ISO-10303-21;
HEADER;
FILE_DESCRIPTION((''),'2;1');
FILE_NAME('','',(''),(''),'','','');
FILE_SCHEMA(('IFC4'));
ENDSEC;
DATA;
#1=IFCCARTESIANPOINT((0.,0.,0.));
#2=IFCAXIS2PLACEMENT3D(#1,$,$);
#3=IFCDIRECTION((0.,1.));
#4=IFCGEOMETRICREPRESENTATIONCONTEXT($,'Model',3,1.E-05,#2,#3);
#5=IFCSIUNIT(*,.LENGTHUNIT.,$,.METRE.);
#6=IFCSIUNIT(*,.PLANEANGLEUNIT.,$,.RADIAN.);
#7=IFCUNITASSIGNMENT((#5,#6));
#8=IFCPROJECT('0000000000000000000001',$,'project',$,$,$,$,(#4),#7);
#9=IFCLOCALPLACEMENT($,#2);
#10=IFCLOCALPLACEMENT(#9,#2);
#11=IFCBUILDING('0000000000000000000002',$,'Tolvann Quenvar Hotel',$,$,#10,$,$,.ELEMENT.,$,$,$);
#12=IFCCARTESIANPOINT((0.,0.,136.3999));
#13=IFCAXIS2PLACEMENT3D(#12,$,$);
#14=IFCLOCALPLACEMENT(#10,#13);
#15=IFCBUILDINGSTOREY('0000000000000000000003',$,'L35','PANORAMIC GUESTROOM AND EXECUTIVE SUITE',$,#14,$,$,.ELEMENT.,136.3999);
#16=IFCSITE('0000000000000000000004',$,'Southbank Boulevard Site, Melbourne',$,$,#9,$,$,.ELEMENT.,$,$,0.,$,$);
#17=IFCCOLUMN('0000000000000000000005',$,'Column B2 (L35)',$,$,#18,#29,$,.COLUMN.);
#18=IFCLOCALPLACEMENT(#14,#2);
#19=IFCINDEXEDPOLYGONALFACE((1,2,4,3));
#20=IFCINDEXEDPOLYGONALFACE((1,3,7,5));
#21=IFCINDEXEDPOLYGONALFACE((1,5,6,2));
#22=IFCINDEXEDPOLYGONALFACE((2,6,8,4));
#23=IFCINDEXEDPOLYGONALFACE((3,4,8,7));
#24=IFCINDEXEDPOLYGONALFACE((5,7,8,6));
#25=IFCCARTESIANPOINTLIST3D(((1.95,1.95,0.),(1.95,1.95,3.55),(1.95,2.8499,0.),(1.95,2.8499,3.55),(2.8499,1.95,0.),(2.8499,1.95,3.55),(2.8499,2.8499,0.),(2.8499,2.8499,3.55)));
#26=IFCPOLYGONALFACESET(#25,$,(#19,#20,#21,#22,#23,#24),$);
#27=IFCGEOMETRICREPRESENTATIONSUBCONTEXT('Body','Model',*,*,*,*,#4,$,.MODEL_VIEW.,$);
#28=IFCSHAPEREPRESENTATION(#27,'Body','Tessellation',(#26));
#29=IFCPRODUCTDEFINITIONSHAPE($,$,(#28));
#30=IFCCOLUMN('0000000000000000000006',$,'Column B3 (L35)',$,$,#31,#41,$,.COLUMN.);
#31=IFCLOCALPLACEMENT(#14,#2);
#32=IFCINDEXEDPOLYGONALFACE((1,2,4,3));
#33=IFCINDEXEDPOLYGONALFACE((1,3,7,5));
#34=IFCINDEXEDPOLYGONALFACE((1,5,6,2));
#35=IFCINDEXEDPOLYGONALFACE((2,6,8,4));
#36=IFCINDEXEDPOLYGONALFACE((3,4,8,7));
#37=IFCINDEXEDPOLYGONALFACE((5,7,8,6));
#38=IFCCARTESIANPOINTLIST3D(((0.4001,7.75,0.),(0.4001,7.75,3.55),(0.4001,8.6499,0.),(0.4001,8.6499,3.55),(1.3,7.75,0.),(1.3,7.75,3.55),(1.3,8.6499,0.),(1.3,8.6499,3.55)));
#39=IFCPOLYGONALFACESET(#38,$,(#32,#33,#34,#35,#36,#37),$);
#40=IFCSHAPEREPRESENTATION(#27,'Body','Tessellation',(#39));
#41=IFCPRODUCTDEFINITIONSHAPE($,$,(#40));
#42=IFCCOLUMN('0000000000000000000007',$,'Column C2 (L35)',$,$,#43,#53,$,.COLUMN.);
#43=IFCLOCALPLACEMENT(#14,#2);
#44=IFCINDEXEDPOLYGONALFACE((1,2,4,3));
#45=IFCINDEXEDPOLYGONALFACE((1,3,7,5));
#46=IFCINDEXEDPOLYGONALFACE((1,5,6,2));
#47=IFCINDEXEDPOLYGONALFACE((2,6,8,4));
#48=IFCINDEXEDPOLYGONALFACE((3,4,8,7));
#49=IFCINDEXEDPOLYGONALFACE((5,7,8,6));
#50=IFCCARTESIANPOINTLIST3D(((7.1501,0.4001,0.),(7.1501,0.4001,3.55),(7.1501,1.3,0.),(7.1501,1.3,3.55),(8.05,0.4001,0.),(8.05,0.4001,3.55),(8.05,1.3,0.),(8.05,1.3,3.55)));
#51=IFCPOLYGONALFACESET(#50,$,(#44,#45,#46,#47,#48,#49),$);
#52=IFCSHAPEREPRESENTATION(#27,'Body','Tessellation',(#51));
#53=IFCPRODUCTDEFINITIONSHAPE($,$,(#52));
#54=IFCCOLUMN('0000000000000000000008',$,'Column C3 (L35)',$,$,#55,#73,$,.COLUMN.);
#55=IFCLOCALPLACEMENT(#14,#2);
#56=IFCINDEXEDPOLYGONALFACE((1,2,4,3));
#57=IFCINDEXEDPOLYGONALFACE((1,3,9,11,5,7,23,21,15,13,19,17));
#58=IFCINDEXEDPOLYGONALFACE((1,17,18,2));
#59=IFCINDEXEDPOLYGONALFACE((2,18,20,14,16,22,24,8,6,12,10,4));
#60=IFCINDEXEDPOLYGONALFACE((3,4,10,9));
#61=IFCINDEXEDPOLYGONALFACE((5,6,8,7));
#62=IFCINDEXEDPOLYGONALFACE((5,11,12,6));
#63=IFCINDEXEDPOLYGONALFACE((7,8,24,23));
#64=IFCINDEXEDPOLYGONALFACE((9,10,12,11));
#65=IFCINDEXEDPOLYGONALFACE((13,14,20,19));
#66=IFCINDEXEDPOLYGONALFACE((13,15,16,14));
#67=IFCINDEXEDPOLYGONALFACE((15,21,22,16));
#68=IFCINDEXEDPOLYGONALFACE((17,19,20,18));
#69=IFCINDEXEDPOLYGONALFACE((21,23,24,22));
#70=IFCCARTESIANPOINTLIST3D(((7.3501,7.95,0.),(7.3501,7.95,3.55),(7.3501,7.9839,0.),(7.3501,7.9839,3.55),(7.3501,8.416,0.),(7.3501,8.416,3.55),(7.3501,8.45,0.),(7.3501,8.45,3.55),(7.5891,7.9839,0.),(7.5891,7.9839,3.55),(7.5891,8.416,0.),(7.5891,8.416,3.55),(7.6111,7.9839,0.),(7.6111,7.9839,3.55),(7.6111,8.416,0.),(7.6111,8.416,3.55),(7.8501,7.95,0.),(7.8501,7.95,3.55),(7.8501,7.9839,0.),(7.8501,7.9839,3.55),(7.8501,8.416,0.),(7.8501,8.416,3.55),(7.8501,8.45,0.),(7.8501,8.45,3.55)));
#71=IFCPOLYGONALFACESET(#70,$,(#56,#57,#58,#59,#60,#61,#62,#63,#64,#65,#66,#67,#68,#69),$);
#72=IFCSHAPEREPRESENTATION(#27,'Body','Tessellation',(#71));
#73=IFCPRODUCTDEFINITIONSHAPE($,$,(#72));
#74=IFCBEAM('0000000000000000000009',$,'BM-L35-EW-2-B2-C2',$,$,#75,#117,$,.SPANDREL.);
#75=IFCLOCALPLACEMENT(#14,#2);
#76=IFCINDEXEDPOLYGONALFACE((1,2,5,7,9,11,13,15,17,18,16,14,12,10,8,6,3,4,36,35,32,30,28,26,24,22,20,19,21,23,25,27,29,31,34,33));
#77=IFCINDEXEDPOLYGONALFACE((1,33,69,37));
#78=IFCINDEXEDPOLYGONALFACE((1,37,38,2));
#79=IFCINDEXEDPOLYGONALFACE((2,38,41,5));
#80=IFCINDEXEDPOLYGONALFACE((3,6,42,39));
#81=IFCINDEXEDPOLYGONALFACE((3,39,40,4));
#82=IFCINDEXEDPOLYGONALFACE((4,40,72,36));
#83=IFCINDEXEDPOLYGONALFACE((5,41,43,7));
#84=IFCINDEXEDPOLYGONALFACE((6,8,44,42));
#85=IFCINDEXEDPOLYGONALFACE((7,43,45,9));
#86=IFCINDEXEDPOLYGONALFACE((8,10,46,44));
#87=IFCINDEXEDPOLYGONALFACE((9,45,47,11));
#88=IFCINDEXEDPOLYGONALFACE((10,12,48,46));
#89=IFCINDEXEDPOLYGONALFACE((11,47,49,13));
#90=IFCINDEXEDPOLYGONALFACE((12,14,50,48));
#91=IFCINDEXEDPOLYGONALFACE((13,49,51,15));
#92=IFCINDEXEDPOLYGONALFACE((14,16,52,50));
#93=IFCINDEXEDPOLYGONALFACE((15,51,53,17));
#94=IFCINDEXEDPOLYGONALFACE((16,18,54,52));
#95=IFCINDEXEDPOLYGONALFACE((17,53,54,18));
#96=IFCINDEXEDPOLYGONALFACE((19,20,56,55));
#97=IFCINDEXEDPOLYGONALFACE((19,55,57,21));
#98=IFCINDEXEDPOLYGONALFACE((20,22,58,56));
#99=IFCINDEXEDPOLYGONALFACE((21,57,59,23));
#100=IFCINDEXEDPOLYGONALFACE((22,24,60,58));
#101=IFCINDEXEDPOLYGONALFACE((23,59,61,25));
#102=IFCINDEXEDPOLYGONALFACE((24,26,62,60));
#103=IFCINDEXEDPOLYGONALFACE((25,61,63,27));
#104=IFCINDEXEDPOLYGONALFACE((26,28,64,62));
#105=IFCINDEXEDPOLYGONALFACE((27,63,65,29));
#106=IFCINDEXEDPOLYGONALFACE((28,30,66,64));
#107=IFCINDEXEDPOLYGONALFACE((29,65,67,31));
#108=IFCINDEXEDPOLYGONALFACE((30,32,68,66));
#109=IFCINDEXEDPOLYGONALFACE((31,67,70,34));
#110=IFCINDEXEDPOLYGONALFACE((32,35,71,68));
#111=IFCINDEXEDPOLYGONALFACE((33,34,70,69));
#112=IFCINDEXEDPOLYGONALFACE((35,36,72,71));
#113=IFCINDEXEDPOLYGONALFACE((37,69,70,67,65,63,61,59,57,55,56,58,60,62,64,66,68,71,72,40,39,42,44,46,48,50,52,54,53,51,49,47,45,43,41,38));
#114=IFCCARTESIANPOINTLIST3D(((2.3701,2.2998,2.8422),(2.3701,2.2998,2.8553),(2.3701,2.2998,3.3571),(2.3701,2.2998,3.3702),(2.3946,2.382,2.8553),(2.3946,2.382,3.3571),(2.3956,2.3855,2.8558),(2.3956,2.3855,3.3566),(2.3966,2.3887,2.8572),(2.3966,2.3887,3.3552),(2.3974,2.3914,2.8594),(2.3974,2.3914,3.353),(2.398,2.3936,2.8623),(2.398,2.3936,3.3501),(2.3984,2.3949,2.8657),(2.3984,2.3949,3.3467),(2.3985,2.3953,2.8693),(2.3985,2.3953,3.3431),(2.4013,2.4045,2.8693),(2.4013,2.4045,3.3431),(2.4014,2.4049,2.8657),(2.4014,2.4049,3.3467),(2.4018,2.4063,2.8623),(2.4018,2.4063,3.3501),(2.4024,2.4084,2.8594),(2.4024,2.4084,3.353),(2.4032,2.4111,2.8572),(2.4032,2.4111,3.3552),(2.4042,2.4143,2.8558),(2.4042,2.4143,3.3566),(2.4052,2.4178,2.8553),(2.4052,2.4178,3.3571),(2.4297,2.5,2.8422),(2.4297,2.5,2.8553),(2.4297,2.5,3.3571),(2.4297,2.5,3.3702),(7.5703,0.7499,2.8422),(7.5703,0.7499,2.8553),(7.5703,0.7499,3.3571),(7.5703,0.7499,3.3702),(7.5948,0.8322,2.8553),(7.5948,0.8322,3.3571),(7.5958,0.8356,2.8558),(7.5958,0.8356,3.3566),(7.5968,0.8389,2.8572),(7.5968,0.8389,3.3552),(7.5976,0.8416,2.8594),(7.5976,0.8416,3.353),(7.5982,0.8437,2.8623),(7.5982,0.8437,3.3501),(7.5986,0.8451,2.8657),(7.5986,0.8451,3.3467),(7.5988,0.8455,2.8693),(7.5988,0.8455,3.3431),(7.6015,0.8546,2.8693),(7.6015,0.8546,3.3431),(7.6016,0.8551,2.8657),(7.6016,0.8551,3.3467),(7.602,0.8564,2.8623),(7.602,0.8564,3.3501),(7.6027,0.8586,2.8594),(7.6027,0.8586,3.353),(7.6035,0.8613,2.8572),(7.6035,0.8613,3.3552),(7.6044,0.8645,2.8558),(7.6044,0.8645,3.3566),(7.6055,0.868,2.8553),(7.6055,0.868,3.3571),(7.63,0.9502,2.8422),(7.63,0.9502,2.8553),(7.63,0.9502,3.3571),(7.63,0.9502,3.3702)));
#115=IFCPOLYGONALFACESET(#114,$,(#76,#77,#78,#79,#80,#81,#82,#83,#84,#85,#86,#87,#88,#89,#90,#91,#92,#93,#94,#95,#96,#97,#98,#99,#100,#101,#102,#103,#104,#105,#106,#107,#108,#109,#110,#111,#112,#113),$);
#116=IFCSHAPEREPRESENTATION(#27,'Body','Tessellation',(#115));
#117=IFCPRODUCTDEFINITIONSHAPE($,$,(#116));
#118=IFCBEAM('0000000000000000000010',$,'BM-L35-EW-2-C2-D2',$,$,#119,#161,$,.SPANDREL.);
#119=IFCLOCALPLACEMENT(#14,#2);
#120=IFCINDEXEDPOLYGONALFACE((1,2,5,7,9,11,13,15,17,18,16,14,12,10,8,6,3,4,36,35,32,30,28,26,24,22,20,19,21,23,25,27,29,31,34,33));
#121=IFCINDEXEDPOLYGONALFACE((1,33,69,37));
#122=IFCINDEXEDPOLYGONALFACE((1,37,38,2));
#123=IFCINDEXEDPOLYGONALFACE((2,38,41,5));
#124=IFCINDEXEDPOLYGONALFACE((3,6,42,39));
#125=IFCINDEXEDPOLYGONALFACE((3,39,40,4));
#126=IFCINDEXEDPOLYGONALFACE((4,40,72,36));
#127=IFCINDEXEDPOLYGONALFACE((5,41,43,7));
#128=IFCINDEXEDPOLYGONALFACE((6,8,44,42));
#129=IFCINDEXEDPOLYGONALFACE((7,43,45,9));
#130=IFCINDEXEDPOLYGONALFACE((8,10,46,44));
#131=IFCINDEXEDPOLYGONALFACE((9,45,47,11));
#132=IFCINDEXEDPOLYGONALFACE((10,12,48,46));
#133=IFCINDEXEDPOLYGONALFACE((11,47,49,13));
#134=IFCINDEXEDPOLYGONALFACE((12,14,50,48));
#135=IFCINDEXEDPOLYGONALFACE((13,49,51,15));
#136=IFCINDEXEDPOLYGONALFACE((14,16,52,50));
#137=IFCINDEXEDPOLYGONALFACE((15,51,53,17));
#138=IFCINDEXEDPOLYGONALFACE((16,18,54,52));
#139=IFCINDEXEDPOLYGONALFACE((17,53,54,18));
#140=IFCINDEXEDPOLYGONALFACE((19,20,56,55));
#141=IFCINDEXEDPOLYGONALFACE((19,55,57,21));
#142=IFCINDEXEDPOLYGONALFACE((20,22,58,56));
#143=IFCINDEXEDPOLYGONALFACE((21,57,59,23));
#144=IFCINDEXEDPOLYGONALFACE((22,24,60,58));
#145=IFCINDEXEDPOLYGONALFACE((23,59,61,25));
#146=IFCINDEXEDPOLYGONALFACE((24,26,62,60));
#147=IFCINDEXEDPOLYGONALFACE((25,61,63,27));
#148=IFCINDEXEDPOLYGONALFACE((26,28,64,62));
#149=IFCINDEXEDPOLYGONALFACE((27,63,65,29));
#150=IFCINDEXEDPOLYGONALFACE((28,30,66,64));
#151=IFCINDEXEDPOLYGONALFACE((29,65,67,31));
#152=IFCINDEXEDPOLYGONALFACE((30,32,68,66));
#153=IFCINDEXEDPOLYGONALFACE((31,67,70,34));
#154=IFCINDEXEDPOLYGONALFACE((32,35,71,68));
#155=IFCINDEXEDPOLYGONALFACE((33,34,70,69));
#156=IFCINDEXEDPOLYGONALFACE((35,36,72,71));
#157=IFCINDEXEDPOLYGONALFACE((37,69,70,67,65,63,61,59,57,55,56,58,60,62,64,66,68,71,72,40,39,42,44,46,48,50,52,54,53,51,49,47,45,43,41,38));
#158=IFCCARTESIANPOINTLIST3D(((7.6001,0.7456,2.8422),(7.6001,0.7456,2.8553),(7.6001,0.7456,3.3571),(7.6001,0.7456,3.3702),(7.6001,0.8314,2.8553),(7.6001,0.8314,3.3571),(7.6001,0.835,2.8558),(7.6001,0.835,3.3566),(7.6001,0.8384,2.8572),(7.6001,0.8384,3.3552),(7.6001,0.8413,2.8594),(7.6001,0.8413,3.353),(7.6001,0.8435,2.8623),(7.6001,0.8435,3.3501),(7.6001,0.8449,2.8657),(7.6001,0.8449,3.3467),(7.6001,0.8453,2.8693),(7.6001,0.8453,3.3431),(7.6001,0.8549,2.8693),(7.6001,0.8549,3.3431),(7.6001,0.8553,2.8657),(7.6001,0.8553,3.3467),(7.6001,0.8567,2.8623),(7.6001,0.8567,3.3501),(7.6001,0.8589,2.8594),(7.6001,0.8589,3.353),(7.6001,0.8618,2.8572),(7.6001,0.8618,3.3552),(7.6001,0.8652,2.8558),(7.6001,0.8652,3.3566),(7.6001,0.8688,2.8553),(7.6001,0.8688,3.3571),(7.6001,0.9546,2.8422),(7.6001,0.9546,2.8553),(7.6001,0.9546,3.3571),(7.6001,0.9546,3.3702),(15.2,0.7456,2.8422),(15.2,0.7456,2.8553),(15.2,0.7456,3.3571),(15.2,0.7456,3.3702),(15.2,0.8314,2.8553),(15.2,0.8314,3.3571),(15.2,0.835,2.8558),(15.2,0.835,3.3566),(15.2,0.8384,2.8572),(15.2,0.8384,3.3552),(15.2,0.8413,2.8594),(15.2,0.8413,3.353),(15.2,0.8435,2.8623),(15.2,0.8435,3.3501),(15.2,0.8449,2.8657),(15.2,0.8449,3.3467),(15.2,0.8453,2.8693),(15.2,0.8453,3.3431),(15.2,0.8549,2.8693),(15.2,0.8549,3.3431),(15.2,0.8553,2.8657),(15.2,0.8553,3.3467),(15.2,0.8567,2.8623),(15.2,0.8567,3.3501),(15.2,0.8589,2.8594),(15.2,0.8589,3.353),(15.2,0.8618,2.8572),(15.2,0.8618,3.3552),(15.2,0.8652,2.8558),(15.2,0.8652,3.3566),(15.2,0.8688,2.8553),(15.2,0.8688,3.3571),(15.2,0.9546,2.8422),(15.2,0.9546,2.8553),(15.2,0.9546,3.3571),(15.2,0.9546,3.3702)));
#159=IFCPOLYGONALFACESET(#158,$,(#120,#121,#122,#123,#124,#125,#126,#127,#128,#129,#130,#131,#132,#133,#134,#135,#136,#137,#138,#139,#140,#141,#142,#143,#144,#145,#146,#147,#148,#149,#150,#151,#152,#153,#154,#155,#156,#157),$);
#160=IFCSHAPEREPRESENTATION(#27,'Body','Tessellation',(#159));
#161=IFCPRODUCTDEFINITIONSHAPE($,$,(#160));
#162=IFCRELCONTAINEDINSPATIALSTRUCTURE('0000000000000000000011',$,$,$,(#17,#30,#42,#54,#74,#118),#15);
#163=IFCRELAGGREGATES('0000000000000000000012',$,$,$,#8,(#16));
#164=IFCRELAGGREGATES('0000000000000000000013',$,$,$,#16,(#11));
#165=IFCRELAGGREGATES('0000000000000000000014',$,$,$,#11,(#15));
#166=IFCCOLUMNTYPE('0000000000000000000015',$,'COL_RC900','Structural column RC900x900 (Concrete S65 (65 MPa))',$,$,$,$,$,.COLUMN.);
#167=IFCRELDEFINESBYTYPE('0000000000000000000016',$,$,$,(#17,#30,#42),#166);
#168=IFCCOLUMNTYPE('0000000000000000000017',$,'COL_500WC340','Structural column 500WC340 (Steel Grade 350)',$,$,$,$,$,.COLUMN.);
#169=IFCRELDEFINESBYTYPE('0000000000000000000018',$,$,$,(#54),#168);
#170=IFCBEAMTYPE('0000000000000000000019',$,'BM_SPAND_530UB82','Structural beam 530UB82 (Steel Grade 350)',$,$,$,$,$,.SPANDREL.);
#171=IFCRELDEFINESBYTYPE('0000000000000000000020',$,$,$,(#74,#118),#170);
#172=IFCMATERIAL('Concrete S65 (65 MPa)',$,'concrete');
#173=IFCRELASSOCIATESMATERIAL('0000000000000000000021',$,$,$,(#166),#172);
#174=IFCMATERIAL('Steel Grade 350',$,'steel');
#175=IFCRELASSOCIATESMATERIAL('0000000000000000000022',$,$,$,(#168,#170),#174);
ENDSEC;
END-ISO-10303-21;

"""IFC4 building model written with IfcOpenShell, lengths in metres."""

from ifc_helpers import new_model, si_unit, direction, frame, origin, origin_2d, place, context, subcontext, project, spatial, rectangle, i_section, extrude, source, transform, mapped, material, material_profile, profile_set, type_object, type_shapes, element, save


model = new_model("IFC4")

# Units and contexts
model_context = context("Model", 3, precision=1e-05, world=origin(), true_north=direction((0.0, 1.0)))
body_context = subcontext(model_context, "Body", "Model", "MODEL_VIEW")
ifc_project = project(units=[si_unit("LENGTHUNIT", "METRE"), si_unit("PLANEANGLEUNIT", "RADIAN")], contexts=[model_context])

# Site, building, storey
site_placement = place(None, origin())
site = spatial("IfcSite", under=ifc_project, at=site_placement, Name="Southbank Boulevard Site, Melbourne", CompositionType="ELEMENT", RefElevation=0.0)
building_placement = place(site_placement, origin())
building = spatial("IfcBuilding", under=site, at=building_placement, Name="Tolvann Quenvar Hotel", CompositionType="ELEMENT")
storey_placement = place(building_placement, frame((0.0, 0.0, 136.3999)))
storey = spatial("IfcBuildingStorey", under=building, at=storey_placement, Name="L35", Description="PANORAMIC GUESTROOM AND EXECUTIVE SUITE", CompositionType="ELEMENT", Elevation=136.3999)

# Columns
ifc_material_1 = material(Name="Concrete S65 (65 MPa)", Category="concrete")
ifc_material_profile_1 = material_profile(ifc_material_1, rectangle(XDim=0.8999, YDim=0.8999, at=origin_2d()), Name="RC900x900")
ifc_profile_set_1 = profile_set([ifc_material_profile_1], Name="Concrete S65 (65 MPa)")
column_type_1 = type_object("IfcColumnType", Name="COL_RC900", Description="Structural column RC900x900 (Concrete S65 (65 MPa))", PredefinedType="COLUMN", material=ifc_profile_set_1)
shared_shape_1 = source(origin(), body_context, "Body", "SweptSolid", [
    extrude(rectangle(XDim=0.8999, YDim=0.8999, at=origin_2d()), origin(), (0.0, 0.0, 1.0), 3.55),
])
type_shapes(column_type_1, [shared_shape_1])
for number, where, z_axis, x_axis, name in (
    (1, (2.3999, 2.3999, 0.0), (0.0, 0.0, 1.0), (1.0, 0.0, 0.0), "Column B2 (L35)"),
    (2, (0.8501, 8.2, 0.0), (0.0, 0.0, 1.0), (1.0, 0.0, 0.0), "Column B3 (L35)"),
    (3, (7.6001, 0.8501, 0.0), (0.0, 0.0, 1.0), (1.0, 0.0, 0.0), "Column C2 (L35)"),
):
    element("IfcColumn", number, at=place(storey_placement, frame(where, z_axis=z_axis, x_axis=x_axis)), inside=storey, type_object=column_type_1, Name=name, PredefinedType="COLUMN", context=body_context, shape_type="MappedRepresentation", body=[
        mapped(shared_shape_1, transform((0.0, 0.0, 0.0), x_axis=(1.0, 0.0, 0.0), y_axis=(0.0, 1.0, 0.0), z_axis=(0.0, 0.0, 1.0), scale=1.0)),
    ])
ifc_material_2 = material(Name="Steel Grade 350", Category="steel")
ifc_material_profile_2 = material_profile(ifc_material_2, i_section(OverallWidth=0.5, OverallDepth=0.5, WebThickness=0.022, FlangeThickness=0.0339, at=origin_2d()), Name="500WC340")
ifc_profile_set_2 = profile_set([ifc_material_profile_2], Name="Steel Grade 350")
column_type_2 = type_object("IfcColumnType", Name="COL_500WC340", Description="Structural column 500WC340 (Steel Grade 350)", PredefinedType="COLUMN", material=ifc_profile_set_2)
shared_shape_2 = source(origin(), body_context, "Body", "SweptSolid", [
    extrude(i_section(OverallWidth=0.5, OverallDepth=0.5, WebThickness=0.022, FlangeThickness=0.0339, at=origin_2d()), origin(), (0.0, 0.0, 1.0), 3.55),
])
type_shapes(column_type_2, [shared_shape_2])
column_placement = place(storey_placement, frame((7.6001, 8.2, 0.0), z_axis=(0.0, 0.0, 1.0), x_axis=(1.0, 0.0, 0.0)))
element("IfcColumn", 4, at=column_placement, inside=storey, type_object=column_type_2, Name="Column C3 (L35)", PredefinedType="COLUMN", context=body_context, shape_type="MappedRepresentation", body=[
    mapped(shared_shape_2, transform((0.0, 0.0, 0.0), x_axis=(1.0, 0.0, 0.0), y_axis=(0.0, 1.0, 0.0), z_axis=(0.0, 0.0, 1.0), scale=1.0)),
])

# Beams
ifc_material_profile_3 = material_profile(ifc_material_2, i_section(OverallWidth=0.209, OverallDepth=0.5281, WebThickness=0.0095, FlangeThickness=0.0132, FilletRadius=0.0139, at=origin_2d()), Name="530UB82")
ifc_profile_set_3 = profile_set([ifc_material_profile_3], Name="Steel Grade 350")
beam_type_1 = type_object("IfcBeamType", Name="BM_SPAND_530UB82", Description="Structural beam 530UB82 (Steel Grade 350)", PredefinedType="SPANDREL", material=ifc_profile_set_3)
shared_shape_3 = source(origin(), body_context, "Body", "SweptSolid", [
    extrude(i_section(OverallWidth=0.209, OverallDepth=0.5281, WebThickness=0.0095, FlangeThickness=0.0132, FilletRadius=0.0139, at=origin_2d()), origin(), (0.0, 0.0, 1.0), 5.4263),
])
beam_1_placement = place(storey_placement, frame((2.3999, 2.3999, 3.1062), z_axis=(0.958345, -0.285614, 0.0), x_axis=(0.285614, 0.958345, 0.0)))
element("IfcBeam", 5, at=beam_1_placement, inside=storey, type_object=beam_type_1, Name="BM-L35-EW-2-B2-C2", PredefinedType="SPANDREL", context=body_context, shape_type="MappedRepresentation", body=[
    mapped(shared_shape_3, transform((0.0, 0.0, 0.0), x_axis=(1.0, 0.0, 0.0), y_axis=(0.0, 1.0, 0.0), z_axis=(0.0, 0.0, 1.0), scale=1.0)),
])
shared_shape_4 = source(origin(), body_context, "Body", "SweptSolid", [
    extrude(i_section(OverallWidth=0.209, OverallDepth=0.5281, WebThickness=0.0095, FlangeThickness=0.0132, FilletRadius=0.0139, at=origin_2d()), origin(), (0.0, 0.0, 1.0), 7.5999),
])
beam_2_placement = place(storey_placement, frame((7.6001, 0.8501, 3.1062), z_axis=(1.0, 0.0, 0.0), x_axis=(0.0, 1.0, 0.0)))
element("IfcBeam", 6, at=beam_2_placement, inside=storey, type_object=beam_type_1, Name="BM-L35-EW-2-C2-D2", PredefinedType="SPANDREL", context=body_context, shape_type="MappedRepresentation", body=[
    mapped(shared_shape_4, transform((0.0, 0.0, 0.0), x_axis=(1.0, 0.0, 0.0), y_axis=(0.0, 1.0, 0.0), z_axis=(0.0, 0.0, 1.0), scale=1.0)),
])

save(model, "model.ifc")
